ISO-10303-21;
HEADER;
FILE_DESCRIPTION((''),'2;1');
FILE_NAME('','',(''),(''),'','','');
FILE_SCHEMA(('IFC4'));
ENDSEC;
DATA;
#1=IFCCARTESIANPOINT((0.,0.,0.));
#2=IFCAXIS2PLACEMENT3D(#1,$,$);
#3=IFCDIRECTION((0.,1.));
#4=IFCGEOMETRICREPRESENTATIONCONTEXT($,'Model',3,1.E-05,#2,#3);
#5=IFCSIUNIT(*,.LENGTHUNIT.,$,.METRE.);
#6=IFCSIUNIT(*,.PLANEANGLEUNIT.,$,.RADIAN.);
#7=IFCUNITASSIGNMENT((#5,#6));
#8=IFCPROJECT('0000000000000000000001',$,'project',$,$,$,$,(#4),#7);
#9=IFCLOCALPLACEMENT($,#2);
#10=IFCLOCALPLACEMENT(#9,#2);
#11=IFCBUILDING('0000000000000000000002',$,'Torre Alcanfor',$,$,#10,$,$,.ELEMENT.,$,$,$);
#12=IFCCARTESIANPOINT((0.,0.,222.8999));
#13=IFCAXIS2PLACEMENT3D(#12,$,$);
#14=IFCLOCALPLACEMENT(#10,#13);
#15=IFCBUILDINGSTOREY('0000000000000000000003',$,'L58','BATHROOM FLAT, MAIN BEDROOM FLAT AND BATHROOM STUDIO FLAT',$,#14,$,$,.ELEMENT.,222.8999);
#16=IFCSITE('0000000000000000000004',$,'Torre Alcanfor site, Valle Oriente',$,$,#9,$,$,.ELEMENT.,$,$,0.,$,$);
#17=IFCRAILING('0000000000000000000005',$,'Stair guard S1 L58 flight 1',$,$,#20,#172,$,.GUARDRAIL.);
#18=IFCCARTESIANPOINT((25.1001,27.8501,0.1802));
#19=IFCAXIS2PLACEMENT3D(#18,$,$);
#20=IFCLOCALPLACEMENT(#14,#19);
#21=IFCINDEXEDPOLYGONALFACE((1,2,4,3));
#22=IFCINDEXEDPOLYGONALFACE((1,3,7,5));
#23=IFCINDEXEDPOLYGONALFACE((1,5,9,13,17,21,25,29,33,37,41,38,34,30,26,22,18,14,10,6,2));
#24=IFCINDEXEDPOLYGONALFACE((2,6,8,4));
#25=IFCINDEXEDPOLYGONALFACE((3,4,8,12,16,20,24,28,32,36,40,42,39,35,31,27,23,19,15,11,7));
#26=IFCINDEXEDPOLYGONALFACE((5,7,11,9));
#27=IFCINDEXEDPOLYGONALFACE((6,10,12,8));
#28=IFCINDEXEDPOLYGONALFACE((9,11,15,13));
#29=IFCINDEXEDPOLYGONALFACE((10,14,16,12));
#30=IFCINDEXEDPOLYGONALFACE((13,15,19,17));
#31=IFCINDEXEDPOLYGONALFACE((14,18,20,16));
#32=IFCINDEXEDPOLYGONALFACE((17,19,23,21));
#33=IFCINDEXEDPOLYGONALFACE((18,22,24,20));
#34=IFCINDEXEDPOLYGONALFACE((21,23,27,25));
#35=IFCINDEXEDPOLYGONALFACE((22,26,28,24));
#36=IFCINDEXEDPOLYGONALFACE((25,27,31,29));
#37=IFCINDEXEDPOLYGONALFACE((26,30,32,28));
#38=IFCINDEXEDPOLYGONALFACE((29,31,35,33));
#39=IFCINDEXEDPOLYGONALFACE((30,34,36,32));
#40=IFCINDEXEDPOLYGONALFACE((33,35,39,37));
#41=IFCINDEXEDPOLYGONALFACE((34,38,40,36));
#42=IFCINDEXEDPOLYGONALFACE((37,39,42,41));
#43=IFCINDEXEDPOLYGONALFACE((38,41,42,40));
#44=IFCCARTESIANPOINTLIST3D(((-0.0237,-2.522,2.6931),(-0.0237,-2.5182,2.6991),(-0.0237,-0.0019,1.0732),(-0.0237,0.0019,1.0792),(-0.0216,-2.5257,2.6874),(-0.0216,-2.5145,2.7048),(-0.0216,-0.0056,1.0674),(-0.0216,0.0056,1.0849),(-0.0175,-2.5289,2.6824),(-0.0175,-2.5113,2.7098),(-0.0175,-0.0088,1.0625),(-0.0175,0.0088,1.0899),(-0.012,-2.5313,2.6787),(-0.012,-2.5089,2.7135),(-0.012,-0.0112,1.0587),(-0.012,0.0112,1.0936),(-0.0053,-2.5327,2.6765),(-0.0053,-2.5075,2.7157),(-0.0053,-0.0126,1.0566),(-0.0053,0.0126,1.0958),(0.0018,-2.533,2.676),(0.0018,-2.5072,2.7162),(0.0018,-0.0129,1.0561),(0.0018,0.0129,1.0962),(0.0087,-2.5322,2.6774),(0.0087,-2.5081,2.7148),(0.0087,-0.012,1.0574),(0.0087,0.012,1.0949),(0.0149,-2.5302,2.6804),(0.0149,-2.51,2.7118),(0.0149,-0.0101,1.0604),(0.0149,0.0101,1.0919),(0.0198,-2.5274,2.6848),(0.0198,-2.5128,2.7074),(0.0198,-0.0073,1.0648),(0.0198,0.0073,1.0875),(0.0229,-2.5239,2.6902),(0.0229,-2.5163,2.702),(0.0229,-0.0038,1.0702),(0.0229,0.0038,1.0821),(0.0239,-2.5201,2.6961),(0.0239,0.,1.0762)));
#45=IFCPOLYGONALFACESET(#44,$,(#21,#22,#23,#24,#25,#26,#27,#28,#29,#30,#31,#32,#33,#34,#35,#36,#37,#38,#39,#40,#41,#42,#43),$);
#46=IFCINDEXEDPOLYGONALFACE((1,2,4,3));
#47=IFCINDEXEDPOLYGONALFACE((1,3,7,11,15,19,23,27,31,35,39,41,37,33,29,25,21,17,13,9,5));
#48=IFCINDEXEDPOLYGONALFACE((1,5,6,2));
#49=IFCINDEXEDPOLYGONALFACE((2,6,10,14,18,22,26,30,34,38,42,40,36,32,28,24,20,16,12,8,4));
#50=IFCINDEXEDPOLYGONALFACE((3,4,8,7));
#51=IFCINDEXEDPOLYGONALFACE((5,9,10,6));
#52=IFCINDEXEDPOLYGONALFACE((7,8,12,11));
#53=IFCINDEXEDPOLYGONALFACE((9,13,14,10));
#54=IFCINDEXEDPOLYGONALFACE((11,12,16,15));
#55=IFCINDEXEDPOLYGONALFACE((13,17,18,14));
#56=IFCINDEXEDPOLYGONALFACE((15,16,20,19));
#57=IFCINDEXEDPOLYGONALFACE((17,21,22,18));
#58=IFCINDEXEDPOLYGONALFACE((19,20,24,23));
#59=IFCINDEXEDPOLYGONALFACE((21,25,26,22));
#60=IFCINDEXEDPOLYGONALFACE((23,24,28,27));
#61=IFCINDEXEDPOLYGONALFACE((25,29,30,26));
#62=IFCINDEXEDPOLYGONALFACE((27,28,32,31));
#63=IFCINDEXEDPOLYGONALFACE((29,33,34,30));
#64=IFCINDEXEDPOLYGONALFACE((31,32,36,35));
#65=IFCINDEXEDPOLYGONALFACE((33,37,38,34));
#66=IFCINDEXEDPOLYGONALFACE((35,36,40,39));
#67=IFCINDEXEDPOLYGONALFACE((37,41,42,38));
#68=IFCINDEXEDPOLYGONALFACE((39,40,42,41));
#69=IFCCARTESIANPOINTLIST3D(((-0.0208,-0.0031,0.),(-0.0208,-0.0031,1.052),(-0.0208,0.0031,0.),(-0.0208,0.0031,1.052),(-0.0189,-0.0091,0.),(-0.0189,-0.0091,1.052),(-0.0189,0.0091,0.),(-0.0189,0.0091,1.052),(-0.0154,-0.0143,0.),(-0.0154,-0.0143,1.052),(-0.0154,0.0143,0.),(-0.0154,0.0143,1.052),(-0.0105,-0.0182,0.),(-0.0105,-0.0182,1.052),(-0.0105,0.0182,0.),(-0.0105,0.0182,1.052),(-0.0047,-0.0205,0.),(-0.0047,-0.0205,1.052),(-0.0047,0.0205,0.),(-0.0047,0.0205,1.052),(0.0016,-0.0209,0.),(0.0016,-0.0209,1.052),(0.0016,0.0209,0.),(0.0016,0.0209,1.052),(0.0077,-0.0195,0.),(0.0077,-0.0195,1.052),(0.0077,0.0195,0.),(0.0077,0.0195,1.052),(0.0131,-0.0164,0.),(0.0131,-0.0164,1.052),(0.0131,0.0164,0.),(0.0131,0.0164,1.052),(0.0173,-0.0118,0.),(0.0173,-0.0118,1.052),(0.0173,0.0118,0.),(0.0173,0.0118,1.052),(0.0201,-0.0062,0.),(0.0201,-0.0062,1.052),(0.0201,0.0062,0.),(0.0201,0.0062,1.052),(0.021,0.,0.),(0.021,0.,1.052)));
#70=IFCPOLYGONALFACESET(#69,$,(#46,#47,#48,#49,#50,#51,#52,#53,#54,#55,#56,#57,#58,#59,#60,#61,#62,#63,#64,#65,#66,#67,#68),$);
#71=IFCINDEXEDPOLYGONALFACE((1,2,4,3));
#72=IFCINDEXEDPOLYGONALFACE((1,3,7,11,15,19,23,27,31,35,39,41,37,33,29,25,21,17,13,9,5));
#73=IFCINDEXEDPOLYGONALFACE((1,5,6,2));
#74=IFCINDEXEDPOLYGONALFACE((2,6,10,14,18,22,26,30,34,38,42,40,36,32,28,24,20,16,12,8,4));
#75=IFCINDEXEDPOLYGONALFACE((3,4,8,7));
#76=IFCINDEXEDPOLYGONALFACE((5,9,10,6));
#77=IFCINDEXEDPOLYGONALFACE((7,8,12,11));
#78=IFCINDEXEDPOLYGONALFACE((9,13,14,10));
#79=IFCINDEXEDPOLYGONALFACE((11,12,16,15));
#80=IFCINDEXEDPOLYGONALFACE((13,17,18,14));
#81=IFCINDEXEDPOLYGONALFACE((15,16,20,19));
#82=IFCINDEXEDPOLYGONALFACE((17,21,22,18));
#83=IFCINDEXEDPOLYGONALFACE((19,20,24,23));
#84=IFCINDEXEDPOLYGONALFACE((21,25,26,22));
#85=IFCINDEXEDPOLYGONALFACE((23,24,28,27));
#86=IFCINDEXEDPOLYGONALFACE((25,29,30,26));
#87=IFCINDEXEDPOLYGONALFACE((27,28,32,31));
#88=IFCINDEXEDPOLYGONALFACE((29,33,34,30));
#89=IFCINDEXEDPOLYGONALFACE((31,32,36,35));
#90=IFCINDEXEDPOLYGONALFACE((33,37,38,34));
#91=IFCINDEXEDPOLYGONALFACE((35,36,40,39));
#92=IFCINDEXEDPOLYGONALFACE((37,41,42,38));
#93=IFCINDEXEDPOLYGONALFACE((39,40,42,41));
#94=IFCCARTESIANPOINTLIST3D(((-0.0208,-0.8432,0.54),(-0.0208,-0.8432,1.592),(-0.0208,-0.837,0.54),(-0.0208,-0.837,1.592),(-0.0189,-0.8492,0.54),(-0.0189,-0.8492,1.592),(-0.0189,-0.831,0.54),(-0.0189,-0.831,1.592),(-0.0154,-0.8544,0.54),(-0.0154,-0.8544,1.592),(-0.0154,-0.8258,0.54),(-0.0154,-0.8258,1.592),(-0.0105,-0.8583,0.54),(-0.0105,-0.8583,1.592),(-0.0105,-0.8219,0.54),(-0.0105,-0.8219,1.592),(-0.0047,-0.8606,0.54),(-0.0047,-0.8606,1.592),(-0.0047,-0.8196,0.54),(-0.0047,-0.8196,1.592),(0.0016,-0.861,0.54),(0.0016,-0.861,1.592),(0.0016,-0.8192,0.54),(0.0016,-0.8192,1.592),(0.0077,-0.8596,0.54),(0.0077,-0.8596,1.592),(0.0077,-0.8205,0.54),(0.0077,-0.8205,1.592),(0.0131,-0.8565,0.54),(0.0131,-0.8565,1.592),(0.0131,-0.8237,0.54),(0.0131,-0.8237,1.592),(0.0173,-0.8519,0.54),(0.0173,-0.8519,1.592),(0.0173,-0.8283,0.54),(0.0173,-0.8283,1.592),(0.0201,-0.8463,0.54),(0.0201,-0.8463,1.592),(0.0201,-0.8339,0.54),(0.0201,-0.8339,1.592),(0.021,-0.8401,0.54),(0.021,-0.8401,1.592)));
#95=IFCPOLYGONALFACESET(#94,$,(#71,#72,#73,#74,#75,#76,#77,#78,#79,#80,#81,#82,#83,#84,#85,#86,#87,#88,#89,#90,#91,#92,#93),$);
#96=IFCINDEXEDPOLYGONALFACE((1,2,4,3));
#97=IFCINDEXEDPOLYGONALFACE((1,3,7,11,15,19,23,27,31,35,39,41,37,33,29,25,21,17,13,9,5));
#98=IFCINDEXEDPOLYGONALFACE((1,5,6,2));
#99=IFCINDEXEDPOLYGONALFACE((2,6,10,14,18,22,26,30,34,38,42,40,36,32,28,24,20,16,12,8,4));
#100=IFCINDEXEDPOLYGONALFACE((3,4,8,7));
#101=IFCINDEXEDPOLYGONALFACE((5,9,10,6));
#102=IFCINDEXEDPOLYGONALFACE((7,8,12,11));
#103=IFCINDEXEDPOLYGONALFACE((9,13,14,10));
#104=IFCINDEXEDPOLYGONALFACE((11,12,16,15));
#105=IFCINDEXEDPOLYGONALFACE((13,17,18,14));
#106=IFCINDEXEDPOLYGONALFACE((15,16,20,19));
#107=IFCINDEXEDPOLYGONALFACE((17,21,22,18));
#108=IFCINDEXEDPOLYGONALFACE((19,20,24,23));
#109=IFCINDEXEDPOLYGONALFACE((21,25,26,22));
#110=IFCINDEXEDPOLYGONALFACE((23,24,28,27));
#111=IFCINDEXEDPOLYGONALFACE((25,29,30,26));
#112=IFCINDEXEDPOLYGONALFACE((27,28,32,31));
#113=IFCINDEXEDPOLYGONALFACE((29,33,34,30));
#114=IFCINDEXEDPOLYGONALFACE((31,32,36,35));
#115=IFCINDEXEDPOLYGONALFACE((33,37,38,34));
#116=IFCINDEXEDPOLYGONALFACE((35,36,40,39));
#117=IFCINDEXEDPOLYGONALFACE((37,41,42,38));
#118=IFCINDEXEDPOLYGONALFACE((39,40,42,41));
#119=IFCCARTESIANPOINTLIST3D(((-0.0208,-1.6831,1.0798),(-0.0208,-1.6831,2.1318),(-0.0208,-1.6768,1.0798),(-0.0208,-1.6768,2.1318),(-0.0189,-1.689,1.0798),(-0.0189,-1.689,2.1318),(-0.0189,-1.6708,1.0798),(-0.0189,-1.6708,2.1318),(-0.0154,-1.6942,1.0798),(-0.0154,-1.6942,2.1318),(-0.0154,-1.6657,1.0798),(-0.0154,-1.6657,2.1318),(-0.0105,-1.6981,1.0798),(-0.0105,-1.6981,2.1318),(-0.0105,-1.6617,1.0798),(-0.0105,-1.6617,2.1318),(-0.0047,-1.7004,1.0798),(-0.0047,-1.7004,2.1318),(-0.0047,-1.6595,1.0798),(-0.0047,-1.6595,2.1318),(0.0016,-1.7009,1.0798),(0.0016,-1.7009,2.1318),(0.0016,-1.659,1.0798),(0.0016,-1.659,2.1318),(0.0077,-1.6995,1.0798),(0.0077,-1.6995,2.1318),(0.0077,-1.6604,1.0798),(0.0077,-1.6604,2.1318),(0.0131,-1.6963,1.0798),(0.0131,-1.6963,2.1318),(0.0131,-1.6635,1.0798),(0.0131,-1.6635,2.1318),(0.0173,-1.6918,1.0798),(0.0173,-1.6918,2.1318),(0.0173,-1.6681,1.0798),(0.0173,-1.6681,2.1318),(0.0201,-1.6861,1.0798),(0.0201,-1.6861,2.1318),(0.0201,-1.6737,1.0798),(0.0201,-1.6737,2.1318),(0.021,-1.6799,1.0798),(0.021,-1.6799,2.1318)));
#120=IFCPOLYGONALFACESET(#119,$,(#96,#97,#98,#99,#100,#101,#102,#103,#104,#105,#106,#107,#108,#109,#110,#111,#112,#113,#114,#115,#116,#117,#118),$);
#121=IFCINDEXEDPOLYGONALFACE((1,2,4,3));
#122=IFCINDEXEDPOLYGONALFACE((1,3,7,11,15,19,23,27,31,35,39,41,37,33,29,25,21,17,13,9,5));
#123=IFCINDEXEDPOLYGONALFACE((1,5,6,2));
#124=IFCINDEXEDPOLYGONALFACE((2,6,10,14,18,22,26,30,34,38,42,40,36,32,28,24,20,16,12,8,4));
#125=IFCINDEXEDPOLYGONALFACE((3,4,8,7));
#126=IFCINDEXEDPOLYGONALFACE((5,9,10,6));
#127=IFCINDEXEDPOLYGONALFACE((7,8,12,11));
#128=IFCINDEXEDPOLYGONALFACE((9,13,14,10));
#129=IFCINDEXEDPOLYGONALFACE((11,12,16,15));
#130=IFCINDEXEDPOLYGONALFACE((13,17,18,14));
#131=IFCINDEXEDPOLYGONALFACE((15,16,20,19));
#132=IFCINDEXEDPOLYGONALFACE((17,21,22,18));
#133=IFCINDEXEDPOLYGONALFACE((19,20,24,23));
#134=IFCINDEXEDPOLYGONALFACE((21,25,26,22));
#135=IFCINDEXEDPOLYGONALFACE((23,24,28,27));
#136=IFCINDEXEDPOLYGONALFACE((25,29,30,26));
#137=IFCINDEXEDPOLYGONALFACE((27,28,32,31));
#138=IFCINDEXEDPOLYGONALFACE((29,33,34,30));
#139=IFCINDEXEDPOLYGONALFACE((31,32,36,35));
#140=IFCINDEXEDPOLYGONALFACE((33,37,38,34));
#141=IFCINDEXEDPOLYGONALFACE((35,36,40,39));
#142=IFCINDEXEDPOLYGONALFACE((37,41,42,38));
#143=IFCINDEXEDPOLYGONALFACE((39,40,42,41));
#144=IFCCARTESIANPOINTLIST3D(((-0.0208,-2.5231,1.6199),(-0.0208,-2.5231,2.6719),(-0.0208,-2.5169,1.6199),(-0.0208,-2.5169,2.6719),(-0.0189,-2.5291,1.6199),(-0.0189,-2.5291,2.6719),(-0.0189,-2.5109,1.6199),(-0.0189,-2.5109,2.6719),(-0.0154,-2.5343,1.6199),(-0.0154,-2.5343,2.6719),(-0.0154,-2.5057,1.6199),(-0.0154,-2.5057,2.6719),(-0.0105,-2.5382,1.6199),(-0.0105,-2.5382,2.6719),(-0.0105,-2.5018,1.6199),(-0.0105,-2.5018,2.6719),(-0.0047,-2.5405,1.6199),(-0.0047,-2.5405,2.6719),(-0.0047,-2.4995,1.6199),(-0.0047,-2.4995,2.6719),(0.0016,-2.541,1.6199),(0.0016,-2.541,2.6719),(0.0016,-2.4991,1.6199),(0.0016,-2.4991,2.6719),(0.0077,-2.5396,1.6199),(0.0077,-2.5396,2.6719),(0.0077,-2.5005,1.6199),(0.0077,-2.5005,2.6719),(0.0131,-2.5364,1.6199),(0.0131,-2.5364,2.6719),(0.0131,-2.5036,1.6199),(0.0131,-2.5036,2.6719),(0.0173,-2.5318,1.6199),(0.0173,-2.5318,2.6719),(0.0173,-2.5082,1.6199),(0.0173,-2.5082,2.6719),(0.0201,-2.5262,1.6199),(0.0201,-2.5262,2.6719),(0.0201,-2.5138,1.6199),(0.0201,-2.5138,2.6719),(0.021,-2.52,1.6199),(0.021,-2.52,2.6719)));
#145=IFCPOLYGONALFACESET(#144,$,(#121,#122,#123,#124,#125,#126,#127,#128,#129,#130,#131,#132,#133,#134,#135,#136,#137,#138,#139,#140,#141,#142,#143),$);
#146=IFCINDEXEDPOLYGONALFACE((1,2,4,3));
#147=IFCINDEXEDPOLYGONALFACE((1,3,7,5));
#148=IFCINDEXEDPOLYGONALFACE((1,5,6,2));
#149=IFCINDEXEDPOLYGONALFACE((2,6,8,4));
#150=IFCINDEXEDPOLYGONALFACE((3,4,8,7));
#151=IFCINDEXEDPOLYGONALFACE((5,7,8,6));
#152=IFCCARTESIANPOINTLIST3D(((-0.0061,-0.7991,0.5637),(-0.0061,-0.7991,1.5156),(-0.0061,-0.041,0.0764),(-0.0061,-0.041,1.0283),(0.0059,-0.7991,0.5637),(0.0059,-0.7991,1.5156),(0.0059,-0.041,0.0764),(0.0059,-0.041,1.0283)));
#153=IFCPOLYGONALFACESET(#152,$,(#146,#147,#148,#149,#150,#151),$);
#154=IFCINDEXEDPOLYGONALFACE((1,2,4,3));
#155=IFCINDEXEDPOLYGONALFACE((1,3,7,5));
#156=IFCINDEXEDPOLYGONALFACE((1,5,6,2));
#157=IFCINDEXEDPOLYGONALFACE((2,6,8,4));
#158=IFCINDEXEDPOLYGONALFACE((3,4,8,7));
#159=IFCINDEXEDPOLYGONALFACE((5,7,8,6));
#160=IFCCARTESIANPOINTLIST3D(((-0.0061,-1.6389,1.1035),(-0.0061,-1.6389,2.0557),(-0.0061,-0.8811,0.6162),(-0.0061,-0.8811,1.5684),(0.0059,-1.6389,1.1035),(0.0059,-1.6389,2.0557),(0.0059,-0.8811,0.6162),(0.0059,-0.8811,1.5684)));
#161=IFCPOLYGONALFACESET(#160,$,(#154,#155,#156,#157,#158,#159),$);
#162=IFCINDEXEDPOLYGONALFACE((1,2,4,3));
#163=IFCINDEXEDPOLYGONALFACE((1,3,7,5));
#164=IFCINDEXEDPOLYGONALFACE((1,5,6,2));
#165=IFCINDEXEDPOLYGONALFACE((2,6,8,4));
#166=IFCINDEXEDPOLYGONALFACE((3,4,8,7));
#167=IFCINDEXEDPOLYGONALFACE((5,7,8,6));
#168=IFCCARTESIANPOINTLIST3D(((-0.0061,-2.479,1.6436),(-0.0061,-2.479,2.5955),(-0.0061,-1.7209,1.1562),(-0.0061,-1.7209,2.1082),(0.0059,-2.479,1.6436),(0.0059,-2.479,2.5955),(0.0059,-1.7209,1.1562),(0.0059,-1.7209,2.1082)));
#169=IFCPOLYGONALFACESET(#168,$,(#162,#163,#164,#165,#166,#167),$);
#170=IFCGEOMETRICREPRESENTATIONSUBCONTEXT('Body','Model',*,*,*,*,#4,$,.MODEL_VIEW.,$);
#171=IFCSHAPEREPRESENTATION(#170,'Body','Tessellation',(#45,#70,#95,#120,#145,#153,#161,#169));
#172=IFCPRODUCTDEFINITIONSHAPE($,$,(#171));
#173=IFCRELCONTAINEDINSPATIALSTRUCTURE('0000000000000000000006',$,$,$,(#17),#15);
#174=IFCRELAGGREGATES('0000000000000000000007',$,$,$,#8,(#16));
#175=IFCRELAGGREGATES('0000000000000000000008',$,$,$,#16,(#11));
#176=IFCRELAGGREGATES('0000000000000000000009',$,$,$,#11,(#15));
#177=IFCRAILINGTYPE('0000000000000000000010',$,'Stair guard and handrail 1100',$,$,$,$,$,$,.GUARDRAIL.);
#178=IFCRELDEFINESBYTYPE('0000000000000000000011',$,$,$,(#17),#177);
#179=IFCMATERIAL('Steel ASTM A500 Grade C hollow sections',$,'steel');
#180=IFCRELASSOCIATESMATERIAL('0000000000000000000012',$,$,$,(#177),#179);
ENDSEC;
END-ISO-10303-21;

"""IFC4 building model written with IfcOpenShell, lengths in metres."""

from ifc_helpers import new_model, si_unit, direction, frame, origin, origin_2d, place, context, subcontext, project, spatial, polyline, circle, outline, extrude, material, type_object, element, save


model = new_model("IFC4")

# Units and contexts
model_context = context("Model", 3, precision=1e-05, world=origin(), true_north=direction((0.0, 1.0)))
body_context = subcontext(model_context, "Body", "Model", "MODEL_VIEW")
ifc_project = project(units=[si_unit("LENGTHUNIT", "METRE"), si_unit("PLANEANGLEUNIT", "RADIAN")], contexts=[model_context])

# Site, building, storey
site_placement = place(None, origin())
site = spatial("IfcSite", under=ifc_project, at=site_placement, Name="Torre Alcanfor site, Valle Oriente", CompositionType="ELEMENT", RefElevation=0.0)
building_placement = place(site_placement, origin())
building = spatial("IfcBuilding", under=site, at=building_placement, Name="Torre Alcanfor", CompositionType="ELEMENT")
storey_placement = place(building_placement, frame((0.0, 0.0, 222.8999)))
storey = spatial("IfcBuildingStorey", under=building, at=storey_placement, Name="L58", Description="BATHROOM FLAT, MAIN BEDROOM FLAT AND BATHROOM STUDIO FLAT", CompositionType="ELEMENT", Elevation=222.8999)

# Railing
ifc_material_1 = material(Name="Steel ASTM A500 Grade C hollow sections", Category="steel")
railing_type = type_object("IfcRailingType", Name="Stair guard and handrail 1100", PredefinedType="GUARDRAIL", material=ifc_material_1)
railing_1_placement = place(storey_placement, frame((25.1001, 27.8501, 0.1802)))
element("IfcRailing", 1, at=railing_1_placement, inside=storey, type_object=railing_type, Name="Stair guard S1 L58 flight 1", PredefinedType="GUARDRAIL", context=body_context, shape_type="SweptSolid", body=[
    extrude(circle(Radius=0.0239, at=origin_2d()), frame((0.0, 0.0, 1.0762), z_axis=(0.0, -0.8412, 0.540725), x_axis=(1.0, 0.0, 0.0)), (0.0, 0.0, 1.0), 2.9958),
    extrude(circle(Radius=0.021, at=origin_2d()), origin(), (0.0, 0.0, 1.0), 1.052),
    extrude(circle(Radius=0.021, at=origin_2d()), frame((0.0, -0.8401, 0.54)), (0.0, 0.0, 1.0), 1.052),
    extrude(circle(Radius=0.021, at=origin_2d()), frame((0.0, -1.6799, 1.0798)), (0.0, 0.0, 1.0), 1.052),
    extrude(circle(Radius=0.021, at=origin_2d()), frame((0.0, -2.52, 1.6199)), (0.0, 0.0, 1.0), 1.052),
    extrude(outline(polyline([(0.041, 0.0764), (0.7991, 0.5637), (0.7991, 1.5156), (0.041, 1.0283), (0.041, 0.0764)])), frame((0.0059, 0.0, 0.0), z_axis=(-1.0, 0.0, 0.0), x_axis=(0.0, -1.0, 0.0)), (0.0, 0.0, 1.0), 0.012),
    extrude(outline(polyline([(0.8811, 0.6162), (1.6389, 1.1035), (1.6389, 2.0557), (0.8811, 1.5684), (0.8811, 0.6162)])), frame((0.0059, 0.0, 0.0), z_axis=(-1.0, 0.0, 0.0), x_axis=(0.0, -1.0, 0.0)), (0.0, 0.0, 1.0), 0.012),
    extrude(outline(polyline([(1.7209, 1.1562), (2.479, 1.6436), (2.479, 2.5955), (1.7209, 2.1082), (1.7209, 1.1562)])), frame((0.0059, 0.0, 0.0), z_axis=(-1.0, 0.0, 0.0), x_axis=(0.0, -1.0, 0.0)), (0.0, 0.0, 1.0), 0.012),
])

save(model, "model.ifc")
